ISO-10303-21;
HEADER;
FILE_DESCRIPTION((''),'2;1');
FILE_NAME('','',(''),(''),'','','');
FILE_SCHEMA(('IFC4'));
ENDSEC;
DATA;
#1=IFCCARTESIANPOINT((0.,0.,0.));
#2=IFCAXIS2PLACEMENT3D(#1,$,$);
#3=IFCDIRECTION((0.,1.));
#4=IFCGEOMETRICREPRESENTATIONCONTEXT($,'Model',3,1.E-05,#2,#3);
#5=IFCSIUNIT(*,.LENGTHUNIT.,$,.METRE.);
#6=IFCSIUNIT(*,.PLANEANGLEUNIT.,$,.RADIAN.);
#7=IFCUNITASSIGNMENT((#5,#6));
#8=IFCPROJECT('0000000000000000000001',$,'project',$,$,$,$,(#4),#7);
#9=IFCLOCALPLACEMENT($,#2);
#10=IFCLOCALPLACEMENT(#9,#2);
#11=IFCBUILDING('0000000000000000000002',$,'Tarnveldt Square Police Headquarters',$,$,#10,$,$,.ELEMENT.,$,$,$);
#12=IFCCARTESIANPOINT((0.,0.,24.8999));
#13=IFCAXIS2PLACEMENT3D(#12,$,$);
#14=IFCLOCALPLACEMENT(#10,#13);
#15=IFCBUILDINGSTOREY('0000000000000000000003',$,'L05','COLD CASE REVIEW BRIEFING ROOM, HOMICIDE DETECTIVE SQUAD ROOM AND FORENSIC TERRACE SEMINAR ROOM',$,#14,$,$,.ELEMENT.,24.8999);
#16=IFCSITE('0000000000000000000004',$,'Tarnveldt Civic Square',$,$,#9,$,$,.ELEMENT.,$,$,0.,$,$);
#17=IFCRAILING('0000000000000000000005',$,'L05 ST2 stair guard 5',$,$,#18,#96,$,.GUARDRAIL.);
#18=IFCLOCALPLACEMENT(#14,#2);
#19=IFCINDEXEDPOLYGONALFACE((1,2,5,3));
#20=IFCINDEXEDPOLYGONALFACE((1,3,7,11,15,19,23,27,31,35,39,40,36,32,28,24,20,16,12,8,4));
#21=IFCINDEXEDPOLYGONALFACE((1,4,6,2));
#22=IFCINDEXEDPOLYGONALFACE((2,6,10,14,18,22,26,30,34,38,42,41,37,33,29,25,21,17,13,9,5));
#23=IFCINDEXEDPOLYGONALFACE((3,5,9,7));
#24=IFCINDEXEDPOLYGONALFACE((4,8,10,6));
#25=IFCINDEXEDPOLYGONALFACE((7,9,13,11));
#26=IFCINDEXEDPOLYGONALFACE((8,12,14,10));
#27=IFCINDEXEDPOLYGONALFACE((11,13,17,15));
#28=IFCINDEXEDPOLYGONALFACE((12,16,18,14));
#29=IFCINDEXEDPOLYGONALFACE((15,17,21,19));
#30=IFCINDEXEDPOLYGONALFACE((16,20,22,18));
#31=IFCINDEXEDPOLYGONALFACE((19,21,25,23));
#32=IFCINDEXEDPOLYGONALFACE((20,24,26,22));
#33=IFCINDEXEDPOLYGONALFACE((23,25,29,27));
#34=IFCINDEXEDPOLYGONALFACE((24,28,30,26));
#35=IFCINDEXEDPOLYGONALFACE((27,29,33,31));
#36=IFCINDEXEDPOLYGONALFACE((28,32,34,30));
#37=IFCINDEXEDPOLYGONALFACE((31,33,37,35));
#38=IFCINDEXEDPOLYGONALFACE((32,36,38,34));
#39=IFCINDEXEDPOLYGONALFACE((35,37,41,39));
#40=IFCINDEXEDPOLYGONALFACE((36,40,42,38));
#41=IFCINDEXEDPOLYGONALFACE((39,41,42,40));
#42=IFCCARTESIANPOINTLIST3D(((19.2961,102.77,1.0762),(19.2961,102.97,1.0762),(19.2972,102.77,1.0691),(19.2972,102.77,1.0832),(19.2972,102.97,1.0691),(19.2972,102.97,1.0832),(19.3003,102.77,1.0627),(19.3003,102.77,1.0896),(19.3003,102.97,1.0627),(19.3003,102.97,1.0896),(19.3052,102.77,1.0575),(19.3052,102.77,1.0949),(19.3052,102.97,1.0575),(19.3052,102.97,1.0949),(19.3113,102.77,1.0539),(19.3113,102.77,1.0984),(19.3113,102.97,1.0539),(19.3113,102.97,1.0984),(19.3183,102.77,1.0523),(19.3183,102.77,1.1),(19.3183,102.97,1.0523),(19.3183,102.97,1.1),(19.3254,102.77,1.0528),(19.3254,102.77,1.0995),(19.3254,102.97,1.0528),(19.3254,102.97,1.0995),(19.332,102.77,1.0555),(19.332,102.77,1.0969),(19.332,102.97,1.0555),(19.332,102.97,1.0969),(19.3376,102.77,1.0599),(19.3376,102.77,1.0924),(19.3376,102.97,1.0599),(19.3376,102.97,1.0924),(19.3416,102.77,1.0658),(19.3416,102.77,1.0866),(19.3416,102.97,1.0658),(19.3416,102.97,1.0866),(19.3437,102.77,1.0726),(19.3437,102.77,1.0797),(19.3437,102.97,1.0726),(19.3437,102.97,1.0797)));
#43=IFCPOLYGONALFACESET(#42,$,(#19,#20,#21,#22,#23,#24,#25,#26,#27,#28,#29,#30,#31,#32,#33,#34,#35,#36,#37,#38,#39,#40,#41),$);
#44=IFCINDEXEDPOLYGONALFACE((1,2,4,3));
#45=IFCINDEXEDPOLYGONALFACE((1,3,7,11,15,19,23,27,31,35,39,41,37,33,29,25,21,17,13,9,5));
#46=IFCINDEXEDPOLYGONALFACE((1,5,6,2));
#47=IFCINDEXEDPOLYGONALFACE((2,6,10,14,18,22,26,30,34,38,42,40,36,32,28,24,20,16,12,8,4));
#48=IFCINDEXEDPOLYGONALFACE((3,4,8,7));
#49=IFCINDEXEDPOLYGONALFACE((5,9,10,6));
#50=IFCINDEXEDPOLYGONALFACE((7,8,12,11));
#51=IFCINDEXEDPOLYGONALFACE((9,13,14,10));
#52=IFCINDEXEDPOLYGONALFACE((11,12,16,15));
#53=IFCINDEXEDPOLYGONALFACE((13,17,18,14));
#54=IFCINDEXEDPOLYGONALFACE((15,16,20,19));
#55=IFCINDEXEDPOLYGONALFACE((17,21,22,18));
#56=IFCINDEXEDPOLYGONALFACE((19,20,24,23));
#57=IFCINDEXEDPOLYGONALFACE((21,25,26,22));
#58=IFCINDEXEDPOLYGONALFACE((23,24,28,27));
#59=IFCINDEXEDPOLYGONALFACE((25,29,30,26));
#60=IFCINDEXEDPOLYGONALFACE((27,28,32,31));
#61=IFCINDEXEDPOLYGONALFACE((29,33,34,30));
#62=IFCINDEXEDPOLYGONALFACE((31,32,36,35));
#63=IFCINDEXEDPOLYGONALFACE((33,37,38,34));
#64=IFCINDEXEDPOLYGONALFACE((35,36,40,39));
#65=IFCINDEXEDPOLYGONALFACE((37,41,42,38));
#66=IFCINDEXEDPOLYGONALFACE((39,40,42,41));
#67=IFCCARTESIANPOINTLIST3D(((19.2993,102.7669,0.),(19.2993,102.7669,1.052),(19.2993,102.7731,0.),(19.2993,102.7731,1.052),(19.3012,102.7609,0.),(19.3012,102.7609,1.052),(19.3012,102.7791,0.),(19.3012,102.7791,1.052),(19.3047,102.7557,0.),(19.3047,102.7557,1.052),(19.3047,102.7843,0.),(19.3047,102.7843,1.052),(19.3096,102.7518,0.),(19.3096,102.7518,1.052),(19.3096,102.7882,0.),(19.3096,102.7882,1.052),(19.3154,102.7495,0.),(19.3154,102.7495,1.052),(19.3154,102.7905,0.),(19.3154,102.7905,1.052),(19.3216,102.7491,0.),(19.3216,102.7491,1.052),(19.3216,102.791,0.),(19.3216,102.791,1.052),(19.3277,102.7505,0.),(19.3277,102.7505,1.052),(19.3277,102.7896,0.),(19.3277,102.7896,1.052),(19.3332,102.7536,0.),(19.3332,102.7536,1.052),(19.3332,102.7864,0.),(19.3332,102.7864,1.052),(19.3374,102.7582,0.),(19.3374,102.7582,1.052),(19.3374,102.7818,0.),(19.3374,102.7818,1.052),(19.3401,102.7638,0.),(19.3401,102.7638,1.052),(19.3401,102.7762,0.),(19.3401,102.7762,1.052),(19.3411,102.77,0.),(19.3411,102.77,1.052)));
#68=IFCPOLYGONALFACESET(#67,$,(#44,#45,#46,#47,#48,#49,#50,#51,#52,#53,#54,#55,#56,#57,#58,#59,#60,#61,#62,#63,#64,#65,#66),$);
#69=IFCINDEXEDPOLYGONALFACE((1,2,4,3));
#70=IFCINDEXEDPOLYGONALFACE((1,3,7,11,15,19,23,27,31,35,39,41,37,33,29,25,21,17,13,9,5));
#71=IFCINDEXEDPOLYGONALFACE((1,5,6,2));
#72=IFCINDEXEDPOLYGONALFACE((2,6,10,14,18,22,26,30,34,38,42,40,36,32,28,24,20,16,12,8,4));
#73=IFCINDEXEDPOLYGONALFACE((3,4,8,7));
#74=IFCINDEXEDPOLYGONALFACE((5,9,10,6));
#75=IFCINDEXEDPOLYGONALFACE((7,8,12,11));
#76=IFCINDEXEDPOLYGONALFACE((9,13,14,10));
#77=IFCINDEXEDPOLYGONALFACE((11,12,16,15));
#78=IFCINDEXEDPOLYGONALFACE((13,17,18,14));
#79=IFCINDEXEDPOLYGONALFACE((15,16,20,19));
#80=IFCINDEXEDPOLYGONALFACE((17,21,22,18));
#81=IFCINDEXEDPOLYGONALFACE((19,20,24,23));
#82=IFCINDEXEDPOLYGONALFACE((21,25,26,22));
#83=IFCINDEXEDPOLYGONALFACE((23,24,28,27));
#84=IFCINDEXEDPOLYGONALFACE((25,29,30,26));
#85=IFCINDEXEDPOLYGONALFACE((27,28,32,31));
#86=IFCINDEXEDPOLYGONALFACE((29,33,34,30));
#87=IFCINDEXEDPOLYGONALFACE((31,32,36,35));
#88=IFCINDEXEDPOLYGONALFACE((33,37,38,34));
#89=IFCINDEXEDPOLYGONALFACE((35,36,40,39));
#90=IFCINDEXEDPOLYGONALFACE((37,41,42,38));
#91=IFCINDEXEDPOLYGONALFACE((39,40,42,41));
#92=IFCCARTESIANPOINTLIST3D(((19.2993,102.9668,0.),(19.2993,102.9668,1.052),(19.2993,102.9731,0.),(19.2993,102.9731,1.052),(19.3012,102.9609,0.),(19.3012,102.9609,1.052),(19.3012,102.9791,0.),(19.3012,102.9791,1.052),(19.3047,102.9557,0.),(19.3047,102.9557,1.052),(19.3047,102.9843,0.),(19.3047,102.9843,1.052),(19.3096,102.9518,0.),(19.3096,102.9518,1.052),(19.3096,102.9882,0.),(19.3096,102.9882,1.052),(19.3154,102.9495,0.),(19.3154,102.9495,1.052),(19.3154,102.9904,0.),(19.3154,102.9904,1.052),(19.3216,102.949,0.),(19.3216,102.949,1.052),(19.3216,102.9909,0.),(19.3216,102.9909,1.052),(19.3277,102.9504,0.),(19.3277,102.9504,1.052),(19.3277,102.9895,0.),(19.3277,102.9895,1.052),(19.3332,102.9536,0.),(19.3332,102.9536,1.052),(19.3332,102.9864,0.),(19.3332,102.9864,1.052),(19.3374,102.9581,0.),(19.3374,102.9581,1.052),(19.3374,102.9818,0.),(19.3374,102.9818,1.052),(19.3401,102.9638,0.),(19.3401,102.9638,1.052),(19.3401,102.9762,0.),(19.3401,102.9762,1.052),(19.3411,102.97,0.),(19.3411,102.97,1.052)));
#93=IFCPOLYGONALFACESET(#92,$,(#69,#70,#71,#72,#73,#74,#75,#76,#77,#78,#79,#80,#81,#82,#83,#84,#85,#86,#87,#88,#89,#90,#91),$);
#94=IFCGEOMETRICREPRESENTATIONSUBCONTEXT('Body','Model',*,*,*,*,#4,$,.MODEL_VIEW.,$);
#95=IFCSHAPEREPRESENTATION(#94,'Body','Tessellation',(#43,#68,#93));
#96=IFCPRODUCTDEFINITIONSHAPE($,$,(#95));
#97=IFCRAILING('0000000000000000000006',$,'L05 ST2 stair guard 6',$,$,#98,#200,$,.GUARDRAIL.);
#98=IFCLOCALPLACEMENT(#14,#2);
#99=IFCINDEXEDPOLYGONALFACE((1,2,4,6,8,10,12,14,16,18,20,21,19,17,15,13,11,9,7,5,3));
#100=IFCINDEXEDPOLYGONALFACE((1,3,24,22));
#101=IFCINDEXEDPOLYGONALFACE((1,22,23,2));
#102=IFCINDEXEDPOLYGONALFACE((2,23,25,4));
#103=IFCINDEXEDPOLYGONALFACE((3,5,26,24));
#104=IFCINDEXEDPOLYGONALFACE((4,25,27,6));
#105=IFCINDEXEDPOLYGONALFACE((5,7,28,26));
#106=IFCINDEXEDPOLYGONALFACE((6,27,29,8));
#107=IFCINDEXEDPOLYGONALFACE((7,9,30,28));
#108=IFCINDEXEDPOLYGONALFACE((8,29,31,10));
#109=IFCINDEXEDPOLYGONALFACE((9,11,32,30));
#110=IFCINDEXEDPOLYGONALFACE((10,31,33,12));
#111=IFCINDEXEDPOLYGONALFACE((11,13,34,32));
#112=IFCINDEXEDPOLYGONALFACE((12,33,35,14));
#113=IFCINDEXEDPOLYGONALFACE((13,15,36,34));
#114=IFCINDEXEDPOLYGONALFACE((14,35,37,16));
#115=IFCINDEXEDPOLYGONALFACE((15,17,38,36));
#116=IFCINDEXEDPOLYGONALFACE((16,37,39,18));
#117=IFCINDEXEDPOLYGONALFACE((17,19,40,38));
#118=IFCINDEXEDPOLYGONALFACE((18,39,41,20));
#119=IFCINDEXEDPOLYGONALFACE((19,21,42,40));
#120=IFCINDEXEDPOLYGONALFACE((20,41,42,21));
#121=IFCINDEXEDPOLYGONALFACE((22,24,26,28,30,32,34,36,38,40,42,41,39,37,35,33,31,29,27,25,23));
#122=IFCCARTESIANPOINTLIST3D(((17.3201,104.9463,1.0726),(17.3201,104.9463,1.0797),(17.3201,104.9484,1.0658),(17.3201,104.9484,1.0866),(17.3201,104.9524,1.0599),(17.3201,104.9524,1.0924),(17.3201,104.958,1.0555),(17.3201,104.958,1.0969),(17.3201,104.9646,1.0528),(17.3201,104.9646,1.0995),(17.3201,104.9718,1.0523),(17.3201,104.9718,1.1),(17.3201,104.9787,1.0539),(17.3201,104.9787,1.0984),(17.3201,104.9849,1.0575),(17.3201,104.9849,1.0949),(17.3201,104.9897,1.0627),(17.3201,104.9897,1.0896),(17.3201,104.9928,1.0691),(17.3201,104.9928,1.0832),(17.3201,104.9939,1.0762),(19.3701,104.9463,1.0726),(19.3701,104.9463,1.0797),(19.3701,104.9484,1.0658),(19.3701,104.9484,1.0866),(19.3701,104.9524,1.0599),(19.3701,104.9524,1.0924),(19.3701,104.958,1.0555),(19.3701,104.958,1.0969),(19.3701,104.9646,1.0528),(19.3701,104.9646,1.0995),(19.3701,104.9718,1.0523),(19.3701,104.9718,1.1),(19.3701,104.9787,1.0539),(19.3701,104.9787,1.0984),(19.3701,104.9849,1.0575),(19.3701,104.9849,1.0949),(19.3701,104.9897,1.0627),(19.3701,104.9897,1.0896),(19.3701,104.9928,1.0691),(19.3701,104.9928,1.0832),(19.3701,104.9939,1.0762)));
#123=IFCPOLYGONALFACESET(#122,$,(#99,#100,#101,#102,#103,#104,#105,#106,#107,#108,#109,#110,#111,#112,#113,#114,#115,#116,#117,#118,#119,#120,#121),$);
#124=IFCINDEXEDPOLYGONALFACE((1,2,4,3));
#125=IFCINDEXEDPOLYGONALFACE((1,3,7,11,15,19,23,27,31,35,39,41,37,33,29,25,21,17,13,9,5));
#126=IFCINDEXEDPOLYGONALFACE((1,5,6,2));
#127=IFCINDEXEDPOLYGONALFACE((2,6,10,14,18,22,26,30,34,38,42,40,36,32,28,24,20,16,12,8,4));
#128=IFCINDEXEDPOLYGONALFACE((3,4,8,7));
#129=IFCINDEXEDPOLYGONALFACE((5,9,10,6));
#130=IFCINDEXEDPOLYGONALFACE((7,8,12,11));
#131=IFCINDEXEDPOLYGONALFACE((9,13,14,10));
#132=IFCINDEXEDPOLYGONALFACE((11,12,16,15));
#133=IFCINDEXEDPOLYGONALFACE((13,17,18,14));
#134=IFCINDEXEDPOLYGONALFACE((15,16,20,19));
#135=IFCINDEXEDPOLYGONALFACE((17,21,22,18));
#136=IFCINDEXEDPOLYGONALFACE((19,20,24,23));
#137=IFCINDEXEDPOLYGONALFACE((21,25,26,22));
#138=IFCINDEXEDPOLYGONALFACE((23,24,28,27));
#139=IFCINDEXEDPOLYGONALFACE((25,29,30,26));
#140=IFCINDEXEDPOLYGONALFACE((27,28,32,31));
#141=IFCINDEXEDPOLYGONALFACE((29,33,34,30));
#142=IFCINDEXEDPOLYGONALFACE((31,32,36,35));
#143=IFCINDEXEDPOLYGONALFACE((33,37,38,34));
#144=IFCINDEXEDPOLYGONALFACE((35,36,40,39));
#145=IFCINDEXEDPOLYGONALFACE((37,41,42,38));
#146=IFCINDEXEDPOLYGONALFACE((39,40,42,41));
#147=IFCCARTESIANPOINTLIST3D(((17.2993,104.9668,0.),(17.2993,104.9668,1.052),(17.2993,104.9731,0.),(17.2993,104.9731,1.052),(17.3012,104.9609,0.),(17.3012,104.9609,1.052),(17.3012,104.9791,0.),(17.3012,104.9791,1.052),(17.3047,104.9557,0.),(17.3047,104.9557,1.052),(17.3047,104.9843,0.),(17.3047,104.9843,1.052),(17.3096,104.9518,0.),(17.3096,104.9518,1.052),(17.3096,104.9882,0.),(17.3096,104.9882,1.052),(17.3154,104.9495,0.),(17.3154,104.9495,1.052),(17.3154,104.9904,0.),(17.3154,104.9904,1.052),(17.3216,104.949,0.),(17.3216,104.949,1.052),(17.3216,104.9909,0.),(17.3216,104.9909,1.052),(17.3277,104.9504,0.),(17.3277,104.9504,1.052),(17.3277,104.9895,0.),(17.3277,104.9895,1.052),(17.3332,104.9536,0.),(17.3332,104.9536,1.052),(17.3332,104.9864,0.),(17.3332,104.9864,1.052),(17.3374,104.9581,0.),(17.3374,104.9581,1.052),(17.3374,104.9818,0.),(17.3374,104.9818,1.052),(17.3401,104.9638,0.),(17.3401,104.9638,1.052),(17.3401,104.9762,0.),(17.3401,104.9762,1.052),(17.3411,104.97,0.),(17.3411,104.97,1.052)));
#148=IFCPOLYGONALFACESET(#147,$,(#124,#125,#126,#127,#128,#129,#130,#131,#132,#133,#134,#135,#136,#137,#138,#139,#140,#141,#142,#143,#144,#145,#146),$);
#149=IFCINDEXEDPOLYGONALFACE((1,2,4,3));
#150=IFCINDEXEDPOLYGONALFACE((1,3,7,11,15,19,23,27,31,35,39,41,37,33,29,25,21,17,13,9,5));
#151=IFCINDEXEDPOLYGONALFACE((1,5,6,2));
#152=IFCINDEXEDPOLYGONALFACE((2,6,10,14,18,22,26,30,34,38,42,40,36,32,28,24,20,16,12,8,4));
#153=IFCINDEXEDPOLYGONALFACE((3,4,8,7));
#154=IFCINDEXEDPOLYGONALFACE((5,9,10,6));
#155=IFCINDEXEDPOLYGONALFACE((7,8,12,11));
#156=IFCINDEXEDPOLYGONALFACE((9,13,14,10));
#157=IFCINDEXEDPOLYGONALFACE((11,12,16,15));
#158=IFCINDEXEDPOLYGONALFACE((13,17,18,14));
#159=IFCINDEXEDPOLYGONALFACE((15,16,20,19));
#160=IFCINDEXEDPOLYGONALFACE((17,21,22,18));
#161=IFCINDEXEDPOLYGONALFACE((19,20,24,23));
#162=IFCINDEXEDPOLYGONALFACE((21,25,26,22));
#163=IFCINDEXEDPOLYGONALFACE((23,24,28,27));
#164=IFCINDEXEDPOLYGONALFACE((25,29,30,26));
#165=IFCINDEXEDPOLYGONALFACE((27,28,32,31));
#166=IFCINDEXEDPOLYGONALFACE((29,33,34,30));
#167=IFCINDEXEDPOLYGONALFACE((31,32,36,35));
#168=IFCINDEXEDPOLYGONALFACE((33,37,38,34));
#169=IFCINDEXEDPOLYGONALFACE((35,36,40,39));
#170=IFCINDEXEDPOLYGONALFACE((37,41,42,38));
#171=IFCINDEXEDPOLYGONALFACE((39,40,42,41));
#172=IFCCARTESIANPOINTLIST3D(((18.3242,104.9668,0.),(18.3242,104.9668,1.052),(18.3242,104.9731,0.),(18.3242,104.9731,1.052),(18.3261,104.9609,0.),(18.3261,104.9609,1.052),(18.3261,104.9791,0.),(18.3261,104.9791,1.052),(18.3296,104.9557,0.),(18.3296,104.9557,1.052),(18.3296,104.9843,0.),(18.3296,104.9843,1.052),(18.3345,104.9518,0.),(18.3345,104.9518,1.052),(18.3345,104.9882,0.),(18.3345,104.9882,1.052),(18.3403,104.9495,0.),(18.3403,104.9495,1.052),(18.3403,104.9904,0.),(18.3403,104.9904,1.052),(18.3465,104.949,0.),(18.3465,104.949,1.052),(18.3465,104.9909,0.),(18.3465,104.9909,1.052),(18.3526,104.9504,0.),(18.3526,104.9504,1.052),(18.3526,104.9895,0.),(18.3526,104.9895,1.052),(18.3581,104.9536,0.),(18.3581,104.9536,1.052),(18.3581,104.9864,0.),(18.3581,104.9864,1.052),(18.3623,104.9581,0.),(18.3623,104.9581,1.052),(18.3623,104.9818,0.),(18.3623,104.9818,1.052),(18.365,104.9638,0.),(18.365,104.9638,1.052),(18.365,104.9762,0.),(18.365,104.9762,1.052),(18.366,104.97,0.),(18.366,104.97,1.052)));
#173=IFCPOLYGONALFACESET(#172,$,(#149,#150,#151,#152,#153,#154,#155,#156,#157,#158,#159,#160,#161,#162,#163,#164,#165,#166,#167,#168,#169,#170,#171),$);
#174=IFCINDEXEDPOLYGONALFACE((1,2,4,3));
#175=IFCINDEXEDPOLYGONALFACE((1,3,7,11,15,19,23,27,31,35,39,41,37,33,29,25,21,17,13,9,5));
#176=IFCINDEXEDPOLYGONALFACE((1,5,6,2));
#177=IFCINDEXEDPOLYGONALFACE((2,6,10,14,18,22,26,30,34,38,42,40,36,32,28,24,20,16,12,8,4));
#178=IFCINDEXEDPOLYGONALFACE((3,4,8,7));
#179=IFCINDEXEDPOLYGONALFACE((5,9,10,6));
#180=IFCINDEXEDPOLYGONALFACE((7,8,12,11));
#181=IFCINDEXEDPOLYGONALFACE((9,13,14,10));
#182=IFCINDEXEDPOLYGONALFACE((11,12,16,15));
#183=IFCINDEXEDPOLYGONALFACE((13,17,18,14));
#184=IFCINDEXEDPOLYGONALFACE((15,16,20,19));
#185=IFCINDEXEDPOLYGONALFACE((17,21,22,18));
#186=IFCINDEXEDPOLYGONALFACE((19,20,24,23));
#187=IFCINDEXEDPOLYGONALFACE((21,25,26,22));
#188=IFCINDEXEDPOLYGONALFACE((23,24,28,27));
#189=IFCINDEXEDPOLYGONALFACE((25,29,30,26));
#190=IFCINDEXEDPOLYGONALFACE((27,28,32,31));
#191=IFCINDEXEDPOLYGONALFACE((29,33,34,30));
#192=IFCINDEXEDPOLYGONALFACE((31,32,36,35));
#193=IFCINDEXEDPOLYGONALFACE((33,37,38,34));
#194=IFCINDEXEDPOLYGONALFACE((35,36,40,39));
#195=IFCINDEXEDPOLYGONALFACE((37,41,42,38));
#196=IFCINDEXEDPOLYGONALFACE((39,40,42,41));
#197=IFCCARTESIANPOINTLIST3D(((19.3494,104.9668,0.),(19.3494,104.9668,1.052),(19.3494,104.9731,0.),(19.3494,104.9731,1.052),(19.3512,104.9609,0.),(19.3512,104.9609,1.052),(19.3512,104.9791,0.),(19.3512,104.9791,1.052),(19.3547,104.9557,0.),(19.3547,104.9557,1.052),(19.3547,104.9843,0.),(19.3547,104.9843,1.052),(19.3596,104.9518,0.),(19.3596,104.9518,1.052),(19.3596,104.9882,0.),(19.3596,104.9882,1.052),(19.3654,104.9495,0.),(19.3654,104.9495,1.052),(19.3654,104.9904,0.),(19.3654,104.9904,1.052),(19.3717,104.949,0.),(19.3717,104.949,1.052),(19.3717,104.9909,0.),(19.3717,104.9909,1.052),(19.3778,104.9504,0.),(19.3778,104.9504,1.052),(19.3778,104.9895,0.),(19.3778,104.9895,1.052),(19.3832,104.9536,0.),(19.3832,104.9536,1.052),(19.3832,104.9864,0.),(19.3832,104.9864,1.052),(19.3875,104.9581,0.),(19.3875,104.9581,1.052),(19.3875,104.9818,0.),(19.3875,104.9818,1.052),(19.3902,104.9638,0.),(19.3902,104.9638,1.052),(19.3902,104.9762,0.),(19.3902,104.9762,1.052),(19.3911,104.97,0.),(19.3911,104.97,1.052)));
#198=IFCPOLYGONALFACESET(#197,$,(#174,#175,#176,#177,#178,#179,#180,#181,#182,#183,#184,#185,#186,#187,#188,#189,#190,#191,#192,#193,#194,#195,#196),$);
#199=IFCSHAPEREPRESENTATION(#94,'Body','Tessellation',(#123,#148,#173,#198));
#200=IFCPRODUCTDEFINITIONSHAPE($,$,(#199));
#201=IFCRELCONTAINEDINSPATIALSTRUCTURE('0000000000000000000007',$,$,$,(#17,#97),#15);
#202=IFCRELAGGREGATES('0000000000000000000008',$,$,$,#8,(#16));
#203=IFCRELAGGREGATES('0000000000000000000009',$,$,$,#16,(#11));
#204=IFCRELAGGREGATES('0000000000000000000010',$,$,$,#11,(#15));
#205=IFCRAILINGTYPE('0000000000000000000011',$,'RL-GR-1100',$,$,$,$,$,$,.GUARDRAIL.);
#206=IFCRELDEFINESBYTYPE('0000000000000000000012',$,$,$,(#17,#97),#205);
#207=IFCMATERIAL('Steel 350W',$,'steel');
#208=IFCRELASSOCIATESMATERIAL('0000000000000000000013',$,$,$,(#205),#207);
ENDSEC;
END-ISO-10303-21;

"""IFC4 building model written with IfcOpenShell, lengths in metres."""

from ifc_helpers import new_model, si_unit, direction, frame, origin, origin_2d, place, context, subcontext, project, spatial, circle, extrude, material, type_object, element, save


model = new_model("IFC4")

# Units and contexts
model_context = context("Model", 3, precision=1e-05, world=origin(), true_north=direction((0.0, 1.0)))
body_context = subcontext(model_context, "Body", "Model", "MODEL_VIEW")
ifc_project = project(units=[si_unit("LENGTHUNIT", "METRE"), si_unit("PLANEANGLEUNIT", "RADIAN")], contexts=[model_context])

# Site, building, storey
site_placement = place(None, origin())
site = spatial("IfcSite", under=ifc_project, at=site_placement, Name="Tarnveldt Civic Square", CompositionType="ELEMENT", RefElevation=0.0)
building_placement = place(site_placement, origin())
building = spatial("IfcBuilding", under=site, at=building_placement, Name="Tarnveldt Square Police Headquarters", CompositionType="ELEMENT")
storey_placement = place(building_placement, frame((0.0, 0.0, 24.8999)))
storey = spatial("IfcBuildingStorey", under=building, at=storey_placement, Name="L05", Description="COLD CASE REVIEW BRIEFING ROOM, HOMICIDE DETECTIVE SQUAD ROOM AND FORENSIC TERRACE SEMINAR ROOM", CompositionType="ELEMENT", Elevation=24.8999)

# Shared definitions
ifc_material_1 = material(Name="Steel 350W", Category="steel")

# Railings
railing_type_1 = type_object("IfcRailingType", Name="RL-GR-1100", PredefinedType="GUARDRAIL", material=ifc_material_1)
railing_1_placement = place(storey_placement, frame((19.3201, 102.77, 0.0)))
element("IfcRailing", 1, at=railing_1_placement, inside=storey, type_object=railing_type_1, Name="L05 ST2 stair guard 5", PredefinedType="GUARDRAIL", context=body_context, shape_type="SweptSolid", body=[
    extrude(circle(Radius=0.0239, at=origin_2d()), frame((0.0, 0.0, 1.0762), z_axis=(0.0, 1.0, 0.0), x_axis=(-1.0, 0.0, 0.0)), (0.0, 0.0, 1.0), 0.2),
    extrude(circle(Radius=0.021, at=origin_2d()), origin(), (0.0, 0.0, 1.0), 1.052),
    extrude(circle(Radius=0.021, at=origin_2d()), frame((0.0, 0.2, 0.0)), (0.0, 0.0, 1.0), 1.052),
])
railing_2_placement = place(storey_placement, frame((17.3201, 104.97, 0.0)))
element("IfcRailing", 2, at=railing_2_placement, inside=storey, type_object=railing_type_1, Name="L05 ST2 stair guard 6", PredefinedType="GUARDRAIL", context=body_context, shape_type="SweptSolid", body=[
    extrude(circle(Radius=0.0239, at=origin_2d()), frame((0.0, 0.0, 1.0762), z_axis=(1.0, 0.0, 0.0), x_axis=(0.0, 1.0, 0.0)), (0.0, 0.0, 1.0), 2.05),
    extrude(circle(Radius=0.021, at=origin_2d()), origin(), (0.0, 0.0, 1.0), 1.052),
    extrude(circle(Radius=0.021, at=origin_2d()), frame((1.0249, 0.0, 0.0)), (0.0, 0.0, 1.0), 1.052),
    extrude(circle(Radius=0.021, at=origin_2d()), frame((2.05, 0.0, 0.0)), (0.0, 0.0, 1.0), 1.052),
])

save(model, "model.ifc")
